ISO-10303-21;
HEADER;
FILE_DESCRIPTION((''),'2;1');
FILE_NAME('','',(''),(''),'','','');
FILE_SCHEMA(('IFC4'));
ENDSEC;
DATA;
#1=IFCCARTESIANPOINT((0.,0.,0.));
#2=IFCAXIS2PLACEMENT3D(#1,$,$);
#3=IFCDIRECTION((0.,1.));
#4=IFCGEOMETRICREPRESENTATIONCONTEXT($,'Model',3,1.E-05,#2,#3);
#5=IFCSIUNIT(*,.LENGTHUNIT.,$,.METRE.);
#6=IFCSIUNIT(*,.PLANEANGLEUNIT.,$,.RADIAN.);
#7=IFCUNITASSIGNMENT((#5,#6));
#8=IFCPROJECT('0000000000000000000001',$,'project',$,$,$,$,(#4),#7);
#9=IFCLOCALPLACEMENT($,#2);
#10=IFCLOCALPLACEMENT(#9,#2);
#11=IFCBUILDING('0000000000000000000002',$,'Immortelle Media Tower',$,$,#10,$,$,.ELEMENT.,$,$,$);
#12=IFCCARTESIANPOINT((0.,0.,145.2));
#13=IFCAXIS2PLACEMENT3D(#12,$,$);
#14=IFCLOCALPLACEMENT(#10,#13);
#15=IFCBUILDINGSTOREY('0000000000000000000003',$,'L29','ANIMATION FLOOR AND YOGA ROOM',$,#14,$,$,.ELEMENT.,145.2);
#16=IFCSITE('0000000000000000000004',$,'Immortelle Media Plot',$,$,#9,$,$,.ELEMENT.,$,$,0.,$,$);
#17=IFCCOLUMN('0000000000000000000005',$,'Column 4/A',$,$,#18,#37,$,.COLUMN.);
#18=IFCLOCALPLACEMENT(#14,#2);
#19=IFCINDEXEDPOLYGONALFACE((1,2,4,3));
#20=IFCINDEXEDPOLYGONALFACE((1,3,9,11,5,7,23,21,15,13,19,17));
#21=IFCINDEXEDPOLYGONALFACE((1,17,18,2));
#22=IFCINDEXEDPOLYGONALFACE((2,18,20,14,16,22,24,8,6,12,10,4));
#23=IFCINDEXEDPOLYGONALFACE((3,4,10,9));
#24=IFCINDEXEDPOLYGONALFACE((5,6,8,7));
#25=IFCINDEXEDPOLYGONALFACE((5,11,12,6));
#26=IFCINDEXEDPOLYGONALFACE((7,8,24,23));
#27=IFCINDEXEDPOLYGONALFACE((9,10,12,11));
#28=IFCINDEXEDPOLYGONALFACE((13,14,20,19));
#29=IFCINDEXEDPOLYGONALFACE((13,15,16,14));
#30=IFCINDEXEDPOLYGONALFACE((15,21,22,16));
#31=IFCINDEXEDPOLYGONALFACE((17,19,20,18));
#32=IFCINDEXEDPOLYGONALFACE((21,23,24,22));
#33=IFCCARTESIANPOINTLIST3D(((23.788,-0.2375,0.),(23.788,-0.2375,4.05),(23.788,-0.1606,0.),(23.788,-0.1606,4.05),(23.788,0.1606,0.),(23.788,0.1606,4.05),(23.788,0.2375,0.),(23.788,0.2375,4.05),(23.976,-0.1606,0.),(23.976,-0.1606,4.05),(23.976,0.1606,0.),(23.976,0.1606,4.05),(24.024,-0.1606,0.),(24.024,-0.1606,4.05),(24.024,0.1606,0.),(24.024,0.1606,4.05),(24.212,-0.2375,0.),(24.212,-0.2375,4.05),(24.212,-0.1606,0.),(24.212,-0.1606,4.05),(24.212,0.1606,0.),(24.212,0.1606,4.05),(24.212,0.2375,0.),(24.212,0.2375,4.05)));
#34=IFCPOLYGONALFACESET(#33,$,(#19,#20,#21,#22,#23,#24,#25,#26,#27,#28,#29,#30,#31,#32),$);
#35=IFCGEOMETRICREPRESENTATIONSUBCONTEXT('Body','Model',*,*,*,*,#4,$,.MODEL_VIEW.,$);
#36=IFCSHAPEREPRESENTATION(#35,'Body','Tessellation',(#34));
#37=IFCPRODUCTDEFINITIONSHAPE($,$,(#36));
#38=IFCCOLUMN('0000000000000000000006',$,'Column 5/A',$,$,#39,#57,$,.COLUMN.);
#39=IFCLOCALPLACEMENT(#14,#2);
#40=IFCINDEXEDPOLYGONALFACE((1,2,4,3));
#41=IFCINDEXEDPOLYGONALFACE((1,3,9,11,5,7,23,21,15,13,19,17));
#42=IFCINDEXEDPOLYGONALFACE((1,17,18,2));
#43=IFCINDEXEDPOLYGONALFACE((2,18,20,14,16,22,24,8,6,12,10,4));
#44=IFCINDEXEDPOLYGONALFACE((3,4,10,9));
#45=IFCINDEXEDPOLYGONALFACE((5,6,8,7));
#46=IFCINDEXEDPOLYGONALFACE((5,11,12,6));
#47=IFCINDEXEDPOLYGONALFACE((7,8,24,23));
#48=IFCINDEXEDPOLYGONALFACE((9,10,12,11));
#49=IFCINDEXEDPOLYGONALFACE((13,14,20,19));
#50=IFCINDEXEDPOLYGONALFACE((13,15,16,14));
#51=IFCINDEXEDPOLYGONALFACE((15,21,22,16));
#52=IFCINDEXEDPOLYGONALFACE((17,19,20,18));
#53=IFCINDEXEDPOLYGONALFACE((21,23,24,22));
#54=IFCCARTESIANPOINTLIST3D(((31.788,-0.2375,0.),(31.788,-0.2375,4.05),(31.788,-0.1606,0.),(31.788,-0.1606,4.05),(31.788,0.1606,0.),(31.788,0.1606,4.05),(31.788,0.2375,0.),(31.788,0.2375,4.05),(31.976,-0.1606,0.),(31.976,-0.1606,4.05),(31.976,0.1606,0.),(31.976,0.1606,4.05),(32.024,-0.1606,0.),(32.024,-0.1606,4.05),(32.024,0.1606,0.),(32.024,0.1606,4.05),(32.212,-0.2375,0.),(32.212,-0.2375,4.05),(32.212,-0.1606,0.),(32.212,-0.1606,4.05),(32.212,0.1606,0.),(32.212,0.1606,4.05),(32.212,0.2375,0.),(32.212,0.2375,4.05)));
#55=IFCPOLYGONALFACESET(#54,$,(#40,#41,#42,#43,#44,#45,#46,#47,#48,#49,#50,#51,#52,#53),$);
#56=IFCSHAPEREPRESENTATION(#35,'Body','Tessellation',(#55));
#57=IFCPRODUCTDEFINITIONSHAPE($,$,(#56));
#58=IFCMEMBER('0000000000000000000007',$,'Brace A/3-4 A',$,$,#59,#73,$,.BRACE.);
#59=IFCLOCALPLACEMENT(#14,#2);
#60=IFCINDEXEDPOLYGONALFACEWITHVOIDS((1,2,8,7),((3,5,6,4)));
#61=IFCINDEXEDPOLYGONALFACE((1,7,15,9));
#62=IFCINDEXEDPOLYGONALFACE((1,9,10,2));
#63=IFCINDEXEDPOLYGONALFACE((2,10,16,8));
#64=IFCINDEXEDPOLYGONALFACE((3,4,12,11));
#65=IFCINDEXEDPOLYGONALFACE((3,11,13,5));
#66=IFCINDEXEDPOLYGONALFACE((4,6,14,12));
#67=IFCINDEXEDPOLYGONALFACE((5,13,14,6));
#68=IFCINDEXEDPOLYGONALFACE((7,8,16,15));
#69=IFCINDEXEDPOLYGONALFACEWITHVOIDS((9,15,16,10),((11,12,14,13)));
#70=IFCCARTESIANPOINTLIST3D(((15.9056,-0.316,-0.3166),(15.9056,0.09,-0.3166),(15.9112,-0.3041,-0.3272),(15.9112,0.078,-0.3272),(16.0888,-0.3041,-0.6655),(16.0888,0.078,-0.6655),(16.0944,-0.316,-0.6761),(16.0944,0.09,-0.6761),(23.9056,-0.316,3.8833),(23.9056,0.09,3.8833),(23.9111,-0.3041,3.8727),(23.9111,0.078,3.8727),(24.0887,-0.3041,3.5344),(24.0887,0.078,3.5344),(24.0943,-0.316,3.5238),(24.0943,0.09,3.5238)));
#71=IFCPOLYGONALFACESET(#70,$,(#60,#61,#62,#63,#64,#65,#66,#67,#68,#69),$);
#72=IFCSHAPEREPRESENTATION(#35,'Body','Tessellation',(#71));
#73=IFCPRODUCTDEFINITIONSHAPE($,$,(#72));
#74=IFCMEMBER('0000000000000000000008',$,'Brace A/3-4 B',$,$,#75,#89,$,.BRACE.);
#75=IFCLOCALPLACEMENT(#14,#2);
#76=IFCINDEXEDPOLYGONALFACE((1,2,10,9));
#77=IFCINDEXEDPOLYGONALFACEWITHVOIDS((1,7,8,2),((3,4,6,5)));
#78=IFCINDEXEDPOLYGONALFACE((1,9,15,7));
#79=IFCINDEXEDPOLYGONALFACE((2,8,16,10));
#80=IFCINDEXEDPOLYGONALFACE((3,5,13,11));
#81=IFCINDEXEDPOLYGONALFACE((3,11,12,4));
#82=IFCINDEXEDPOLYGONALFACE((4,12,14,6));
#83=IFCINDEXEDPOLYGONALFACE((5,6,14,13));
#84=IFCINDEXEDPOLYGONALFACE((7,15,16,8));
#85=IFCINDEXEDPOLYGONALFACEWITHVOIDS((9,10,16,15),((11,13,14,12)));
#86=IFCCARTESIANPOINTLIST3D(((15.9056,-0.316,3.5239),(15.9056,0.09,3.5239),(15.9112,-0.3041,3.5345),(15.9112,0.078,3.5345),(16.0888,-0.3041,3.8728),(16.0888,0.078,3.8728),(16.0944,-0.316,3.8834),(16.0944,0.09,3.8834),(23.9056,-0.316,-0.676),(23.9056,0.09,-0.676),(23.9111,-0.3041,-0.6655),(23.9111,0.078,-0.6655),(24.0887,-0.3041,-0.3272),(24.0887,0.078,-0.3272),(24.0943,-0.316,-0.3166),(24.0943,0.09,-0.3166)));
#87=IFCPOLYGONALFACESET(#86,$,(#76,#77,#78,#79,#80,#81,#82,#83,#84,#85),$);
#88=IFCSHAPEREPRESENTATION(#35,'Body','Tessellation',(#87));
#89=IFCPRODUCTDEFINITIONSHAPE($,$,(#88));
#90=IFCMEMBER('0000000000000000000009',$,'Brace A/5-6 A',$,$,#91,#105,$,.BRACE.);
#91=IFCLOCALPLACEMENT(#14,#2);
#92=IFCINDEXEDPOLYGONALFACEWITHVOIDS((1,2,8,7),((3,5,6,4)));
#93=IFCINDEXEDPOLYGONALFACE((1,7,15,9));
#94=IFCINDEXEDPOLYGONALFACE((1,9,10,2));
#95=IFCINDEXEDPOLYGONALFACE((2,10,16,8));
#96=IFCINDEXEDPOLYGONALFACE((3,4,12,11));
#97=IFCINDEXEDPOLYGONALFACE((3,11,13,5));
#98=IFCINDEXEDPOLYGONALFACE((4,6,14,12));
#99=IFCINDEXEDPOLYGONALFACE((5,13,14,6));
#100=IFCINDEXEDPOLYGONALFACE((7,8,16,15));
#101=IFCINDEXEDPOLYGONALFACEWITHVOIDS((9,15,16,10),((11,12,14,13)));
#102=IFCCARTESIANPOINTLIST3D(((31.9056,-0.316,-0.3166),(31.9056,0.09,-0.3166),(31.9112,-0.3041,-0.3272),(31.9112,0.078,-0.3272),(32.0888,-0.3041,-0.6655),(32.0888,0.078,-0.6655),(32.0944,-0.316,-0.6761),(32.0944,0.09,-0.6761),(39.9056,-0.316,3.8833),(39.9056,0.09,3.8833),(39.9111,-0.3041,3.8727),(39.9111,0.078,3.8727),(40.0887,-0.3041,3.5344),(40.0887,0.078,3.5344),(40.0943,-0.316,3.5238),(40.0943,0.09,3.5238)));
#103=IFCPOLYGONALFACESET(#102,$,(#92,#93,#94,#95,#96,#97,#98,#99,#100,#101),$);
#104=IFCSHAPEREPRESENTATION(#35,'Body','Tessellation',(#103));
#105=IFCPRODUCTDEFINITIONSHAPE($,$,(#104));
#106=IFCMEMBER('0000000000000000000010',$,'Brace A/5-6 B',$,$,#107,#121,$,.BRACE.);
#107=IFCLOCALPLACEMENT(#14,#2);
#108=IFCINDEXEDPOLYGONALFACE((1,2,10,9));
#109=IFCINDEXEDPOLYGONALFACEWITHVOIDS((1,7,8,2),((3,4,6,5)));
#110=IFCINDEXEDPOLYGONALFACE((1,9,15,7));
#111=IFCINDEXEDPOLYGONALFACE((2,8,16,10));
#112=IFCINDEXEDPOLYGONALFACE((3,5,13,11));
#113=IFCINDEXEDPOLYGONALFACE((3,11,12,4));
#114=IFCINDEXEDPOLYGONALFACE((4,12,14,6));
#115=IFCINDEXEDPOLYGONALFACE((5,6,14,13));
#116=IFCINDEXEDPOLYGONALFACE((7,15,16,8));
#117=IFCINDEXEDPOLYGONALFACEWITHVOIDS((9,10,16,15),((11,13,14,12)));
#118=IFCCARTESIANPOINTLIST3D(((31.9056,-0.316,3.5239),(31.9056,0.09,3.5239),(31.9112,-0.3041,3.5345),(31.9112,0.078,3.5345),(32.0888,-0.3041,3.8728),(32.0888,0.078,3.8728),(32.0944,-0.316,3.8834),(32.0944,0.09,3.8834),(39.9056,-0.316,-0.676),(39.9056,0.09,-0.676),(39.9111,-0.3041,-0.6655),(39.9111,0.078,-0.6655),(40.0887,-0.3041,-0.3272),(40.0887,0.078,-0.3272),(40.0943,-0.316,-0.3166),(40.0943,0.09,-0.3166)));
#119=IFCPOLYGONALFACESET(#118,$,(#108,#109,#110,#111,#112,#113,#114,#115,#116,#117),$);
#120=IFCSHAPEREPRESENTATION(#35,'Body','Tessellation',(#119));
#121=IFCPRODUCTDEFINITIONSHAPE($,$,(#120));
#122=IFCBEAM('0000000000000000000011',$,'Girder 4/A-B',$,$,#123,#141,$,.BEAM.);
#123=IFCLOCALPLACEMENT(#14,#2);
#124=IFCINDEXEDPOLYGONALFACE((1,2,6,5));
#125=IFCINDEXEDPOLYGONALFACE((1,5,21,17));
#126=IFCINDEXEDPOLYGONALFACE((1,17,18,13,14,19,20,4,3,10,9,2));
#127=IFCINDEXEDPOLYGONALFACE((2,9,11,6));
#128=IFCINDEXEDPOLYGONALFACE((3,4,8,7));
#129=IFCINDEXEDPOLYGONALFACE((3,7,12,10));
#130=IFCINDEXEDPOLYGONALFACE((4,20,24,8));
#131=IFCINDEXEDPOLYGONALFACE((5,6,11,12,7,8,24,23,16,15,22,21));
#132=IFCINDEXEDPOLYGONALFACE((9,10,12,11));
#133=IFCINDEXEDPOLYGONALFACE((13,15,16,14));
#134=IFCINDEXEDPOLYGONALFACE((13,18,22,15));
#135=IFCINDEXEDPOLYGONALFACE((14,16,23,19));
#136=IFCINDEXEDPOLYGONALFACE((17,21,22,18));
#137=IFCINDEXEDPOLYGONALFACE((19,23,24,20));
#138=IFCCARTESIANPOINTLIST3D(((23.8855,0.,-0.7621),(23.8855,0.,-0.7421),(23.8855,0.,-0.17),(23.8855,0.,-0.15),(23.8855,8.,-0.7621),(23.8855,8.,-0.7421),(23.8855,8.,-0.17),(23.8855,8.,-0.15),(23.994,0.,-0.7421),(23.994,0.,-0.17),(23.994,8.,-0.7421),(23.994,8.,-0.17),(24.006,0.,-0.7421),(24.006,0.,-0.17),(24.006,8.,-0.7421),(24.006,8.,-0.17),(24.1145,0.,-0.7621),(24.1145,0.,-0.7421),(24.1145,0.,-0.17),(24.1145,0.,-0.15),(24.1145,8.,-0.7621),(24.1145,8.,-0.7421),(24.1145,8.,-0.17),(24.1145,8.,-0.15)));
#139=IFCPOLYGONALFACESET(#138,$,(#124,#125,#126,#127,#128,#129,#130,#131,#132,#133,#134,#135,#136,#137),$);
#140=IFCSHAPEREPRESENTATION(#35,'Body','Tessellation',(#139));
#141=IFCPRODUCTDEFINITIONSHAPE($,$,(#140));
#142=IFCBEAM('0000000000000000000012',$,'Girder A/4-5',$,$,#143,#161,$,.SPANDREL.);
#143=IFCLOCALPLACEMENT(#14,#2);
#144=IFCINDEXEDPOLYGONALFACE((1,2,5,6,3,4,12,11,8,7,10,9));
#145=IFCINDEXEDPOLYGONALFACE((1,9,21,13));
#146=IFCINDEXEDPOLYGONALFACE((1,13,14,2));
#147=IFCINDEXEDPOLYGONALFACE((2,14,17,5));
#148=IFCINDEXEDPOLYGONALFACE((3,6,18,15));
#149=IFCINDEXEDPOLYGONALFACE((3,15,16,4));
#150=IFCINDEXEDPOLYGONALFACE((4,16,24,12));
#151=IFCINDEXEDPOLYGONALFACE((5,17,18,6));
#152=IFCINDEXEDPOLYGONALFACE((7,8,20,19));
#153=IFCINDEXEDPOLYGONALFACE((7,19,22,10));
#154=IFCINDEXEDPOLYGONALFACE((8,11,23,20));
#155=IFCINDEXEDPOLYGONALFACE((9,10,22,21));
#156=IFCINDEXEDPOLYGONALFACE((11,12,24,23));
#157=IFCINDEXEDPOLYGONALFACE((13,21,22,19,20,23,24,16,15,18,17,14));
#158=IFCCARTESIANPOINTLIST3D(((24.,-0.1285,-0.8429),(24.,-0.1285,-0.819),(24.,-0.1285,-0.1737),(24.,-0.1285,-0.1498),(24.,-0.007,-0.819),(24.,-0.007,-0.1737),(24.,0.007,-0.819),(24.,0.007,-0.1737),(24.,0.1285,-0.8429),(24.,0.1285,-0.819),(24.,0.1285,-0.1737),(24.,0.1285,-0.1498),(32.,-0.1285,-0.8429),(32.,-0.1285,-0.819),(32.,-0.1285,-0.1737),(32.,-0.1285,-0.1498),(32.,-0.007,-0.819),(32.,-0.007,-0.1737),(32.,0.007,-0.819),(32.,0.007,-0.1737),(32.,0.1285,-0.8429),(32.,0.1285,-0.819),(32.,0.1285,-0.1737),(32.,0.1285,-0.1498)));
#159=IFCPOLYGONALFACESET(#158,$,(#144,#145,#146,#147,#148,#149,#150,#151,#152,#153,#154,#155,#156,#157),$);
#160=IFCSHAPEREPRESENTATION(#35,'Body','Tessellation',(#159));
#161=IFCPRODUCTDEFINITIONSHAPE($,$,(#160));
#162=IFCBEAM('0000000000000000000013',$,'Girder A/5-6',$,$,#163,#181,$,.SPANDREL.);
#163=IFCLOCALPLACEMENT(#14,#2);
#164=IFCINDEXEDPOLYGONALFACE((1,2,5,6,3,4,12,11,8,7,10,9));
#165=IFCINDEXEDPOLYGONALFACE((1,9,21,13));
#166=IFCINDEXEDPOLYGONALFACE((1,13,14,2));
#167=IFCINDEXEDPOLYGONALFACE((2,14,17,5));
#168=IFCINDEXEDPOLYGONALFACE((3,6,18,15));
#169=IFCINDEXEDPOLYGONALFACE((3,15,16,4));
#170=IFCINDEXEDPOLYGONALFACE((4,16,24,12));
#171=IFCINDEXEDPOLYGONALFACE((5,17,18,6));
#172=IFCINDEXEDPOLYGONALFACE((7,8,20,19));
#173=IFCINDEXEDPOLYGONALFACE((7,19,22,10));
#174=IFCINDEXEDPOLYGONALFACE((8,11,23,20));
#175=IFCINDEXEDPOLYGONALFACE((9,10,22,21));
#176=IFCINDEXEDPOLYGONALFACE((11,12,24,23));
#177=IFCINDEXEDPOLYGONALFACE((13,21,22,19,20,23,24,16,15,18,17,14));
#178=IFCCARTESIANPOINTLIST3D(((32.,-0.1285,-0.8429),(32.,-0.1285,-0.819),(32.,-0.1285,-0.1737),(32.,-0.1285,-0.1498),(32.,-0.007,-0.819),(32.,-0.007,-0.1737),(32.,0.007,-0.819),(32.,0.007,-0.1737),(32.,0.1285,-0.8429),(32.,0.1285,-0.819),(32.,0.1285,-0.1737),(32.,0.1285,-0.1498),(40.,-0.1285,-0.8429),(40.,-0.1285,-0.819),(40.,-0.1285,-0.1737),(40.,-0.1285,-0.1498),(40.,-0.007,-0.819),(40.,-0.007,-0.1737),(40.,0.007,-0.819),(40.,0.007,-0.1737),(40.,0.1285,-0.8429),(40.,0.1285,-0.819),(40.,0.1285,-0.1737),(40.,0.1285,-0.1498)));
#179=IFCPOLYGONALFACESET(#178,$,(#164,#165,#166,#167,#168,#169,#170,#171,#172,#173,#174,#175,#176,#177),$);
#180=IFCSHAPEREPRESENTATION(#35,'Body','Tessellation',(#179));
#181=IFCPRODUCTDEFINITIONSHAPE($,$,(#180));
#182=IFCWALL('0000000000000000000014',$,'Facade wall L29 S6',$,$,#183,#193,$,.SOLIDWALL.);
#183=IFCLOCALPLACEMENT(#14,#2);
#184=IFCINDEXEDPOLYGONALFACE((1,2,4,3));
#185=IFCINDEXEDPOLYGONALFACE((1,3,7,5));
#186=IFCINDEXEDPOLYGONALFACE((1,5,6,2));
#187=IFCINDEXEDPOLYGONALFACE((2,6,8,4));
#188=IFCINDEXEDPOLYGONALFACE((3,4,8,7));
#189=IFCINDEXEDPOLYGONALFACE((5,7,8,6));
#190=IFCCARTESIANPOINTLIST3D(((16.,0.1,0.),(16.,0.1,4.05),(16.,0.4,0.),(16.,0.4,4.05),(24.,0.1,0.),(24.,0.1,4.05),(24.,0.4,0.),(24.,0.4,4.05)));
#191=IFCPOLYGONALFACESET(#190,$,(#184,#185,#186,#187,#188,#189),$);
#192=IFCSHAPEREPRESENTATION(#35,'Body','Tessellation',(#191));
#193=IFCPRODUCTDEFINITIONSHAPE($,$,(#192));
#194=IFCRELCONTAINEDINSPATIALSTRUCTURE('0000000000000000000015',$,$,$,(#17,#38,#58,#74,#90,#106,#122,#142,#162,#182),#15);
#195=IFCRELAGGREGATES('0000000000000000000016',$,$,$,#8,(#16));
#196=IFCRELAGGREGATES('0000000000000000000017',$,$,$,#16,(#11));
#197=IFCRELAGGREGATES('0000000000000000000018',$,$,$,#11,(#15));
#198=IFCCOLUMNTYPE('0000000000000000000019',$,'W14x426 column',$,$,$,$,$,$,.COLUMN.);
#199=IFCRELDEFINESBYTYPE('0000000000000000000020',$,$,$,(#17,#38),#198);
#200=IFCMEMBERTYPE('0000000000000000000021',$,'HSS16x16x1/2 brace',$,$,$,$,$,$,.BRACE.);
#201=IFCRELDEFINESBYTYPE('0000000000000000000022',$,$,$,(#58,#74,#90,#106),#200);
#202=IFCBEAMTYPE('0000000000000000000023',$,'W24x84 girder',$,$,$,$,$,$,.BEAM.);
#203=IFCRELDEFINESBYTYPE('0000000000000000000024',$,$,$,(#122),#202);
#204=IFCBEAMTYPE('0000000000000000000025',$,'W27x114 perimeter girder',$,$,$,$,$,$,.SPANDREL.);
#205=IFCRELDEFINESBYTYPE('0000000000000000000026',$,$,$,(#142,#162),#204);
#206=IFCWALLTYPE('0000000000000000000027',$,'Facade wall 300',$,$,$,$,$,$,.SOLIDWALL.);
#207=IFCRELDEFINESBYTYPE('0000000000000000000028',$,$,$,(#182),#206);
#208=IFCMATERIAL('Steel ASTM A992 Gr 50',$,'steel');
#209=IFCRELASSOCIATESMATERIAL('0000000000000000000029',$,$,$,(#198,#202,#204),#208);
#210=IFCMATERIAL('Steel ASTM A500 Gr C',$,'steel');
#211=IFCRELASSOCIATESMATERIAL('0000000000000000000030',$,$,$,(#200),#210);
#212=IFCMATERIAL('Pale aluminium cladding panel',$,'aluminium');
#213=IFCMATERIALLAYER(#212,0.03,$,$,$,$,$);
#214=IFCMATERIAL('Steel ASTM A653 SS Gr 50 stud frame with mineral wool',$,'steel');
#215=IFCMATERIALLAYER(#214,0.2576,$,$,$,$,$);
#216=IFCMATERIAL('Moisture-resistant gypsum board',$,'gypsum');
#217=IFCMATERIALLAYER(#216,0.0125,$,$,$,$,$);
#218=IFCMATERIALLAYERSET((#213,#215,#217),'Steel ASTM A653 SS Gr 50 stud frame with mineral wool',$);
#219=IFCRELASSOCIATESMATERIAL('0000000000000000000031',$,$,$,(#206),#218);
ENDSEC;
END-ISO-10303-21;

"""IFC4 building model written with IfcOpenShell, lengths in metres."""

from ifc_helpers import new_model, si_unit, direction, frame, frame_2d, origin, origin_2d, place, context, subcontext, project, spatial, rectangle, hollow_rectangle, i_section, extrude, material, layer, layer_set, material_profile, profile_set, type_object, element, save


model = new_model("IFC4")

# Units and contexts
model_context = context("Model", 3, precision=1e-05, world=origin(), true_north=direction((0.0, 1.0)))
body_context = subcontext(model_context, "Body", "Model", "MODEL_VIEW")
ifc_project = project(units=[si_unit("LENGTHUNIT", "METRE"), si_unit("PLANEANGLEUNIT", "RADIAN")], contexts=[model_context])

# Site, building, storey
site_placement = place(None, origin())
site = spatial("IfcSite", under=ifc_project, at=site_placement, Name="Immortelle Media Plot", CompositionType="ELEMENT", RefElevation=0.0)
building_placement = place(site_placement, origin())
building = spatial("IfcBuilding", under=site, at=building_placement, Name="Immortelle Media Tower", CompositionType="ELEMENT")
storey_placement = place(building_placement, frame((0.0, 0.0, 145.2)))
storey = spatial("IfcBuildingStorey", under=building, at=storey_placement, Name="L29", Description="ANIMATION FLOOR AND YOGA ROOM", CompositionType="ELEMENT", Elevation=145.2)

# Columns
ifc_material_1 = material(Name="Steel ASTM A992 Gr 50", Category="steel")
ifc_material_profile_1 = material_profile(ifc_material_1, i_section(OverallWidth=0.4241, OverallDepth=0.4751, WebThickness=0.0481, FlangeThickness=0.0769, at=origin_2d()), Name="W14x426")
ifc_profile_set_1 = profile_set([ifc_material_profile_1], Name="Steel ASTM A992 Gr 50")
column_type = type_object("IfcColumnType", Name="W14x426 column", PredefinedType="COLUMN", material=ifc_profile_set_1)
for number, where, z_axis, x_axis, name in (
    (1, (24.0, 0.0, 0.0), (0.0, 0.0, 1.0), (1.0, 0.0, 0.0), "Column 4/A"),
    (2, (32.0, 0.0, 0.0), (0.0, 0.0, 1.0), (1.0, 0.0, 0.0), "Column 5/A"),
):
    element("IfcColumn", number, at=place(storey_placement, frame(where, z_axis=z_axis, x_axis=x_axis)), inside=storey, type_object=column_type, Name=name, PredefinedType="COLUMN", context=body_context, shape_type="SweptSolid", body=[
        extrude(i_section(OverallWidth=0.4241, OverallDepth=0.4751, WebThickness=0.0481, FlangeThickness=0.0769, at=origin_2d()), origin(), (0.0, 0.0, 1.0), 4.05),
    ])

# Members
ifc_material_2 = material(Name="Steel ASTM A500 Gr C", Category="steel")
ifc_material_profile_2 = material_profile(ifc_material_2, hollow_rectangle(XDim=0.406, YDim=0.406, WallThickness=0.012, at=origin_2d()), Name="HSS16x16x1/2 brace")
ifc_profile_set_2 = profile_set([ifc_material_profile_2], Name="Steel ASTM A500 Gr C")
member_type = type_object("IfcMemberType", Name="HSS16x16x1/2 brace", PredefinedType="BRACE", material=ifc_profile_set_2)
for number, where, z_axis, x_axis, name in (
    (3, (16.0, -0.113, -0.4963), (0.8854, 0.0, 0.46483), (0.0, 1.0, 0.0), "Brace A/3-4 A"),
    (4, (16.0, -0.113, 3.7036), (0.8854, 0.0, -0.46483), (0.0, 1.0, 0.0), "Brace A/3-4 B"),
    (5, (32.0, -0.113, -0.4963), (0.8854, 0.0, 0.46483), (0.0, 1.0, 0.0), "Brace A/5-6 A"),
    (6, (32.0, -0.113, 3.7036), (0.8854, 0.0, -0.46483), (0.0, 1.0, 0.0), "Brace A/5-6 B"),
):
    element("IfcMember", number, at=place(storey_placement, frame(where, z_axis=z_axis, x_axis=x_axis)), inside=storey, type_object=member_type, Name=name, PredefinedType="BRACE", context=body_context, shape_type="SweptSolid", body=[
        extrude(hollow_rectangle(XDim=0.406, YDim=0.406, WallThickness=0.012, at=origin_2d()), origin(), (0.0, 0.0, 1.0), 9.0354),
    ])

# Beams
ifc_material_profile_3 = material_profile(ifc_material_1, i_section(OverallWidth=0.229, OverallDepth=0.6121, WebThickness=0.012, FlangeThickness=0.02, at=origin_2d()), Name="W24x84")
ifc_profile_set_3 = profile_set([ifc_material_profile_3], Name="Steel ASTM A992 Gr 50")
beam_type_1 = type_object("IfcBeamType", Name="W24x84 girder", PredefinedType="BEAM", material=ifc_profile_set_3)
beam_placement = place(storey_placement, frame((24.0, 0.0, -0.4561), z_axis=(0.0, 1.0, 0.0), x_axis=(-1.0, 0.0, 0.0)))
element("IfcBeam", 7, at=beam_placement, inside=storey, type_object=beam_type_1, Name="Girder 4/A-B", PredefinedType="BEAM", context=body_context, shape_type="SweptSolid", body=[
    extrude(i_section(OverallWidth=0.229, OverallDepth=0.6121, WebThickness=0.012, FlangeThickness=0.02, at=origin_2d()), origin(), (0.0, 0.0, 1.0), 8.0),
])
ifc_material_profile_4 = material_profile(ifc_material_1, i_section(OverallWidth=0.2571, OverallDepth=0.6931, WebThickness=0.0139, FlangeThickness=0.0239, at=origin_2d()), Name="W27x114")
ifc_profile_set_4 = profile_set([ifc_material_profile_4], Name="Steel ASTM A992 Gr 50")
beam_type_2 = type_object("IfcBeamType", Name="W27x114 perimeter girder", PredefinedType="SPANDREL", material=ifc_profile_set_4)
for number, where, z_axis, x_axis, name in (
    (8, (24.0, 0.0, -0.4963), (1.0, 0.0, 0.0), (0.0, 1.0, 0.0), "Girder A/4-5"),
    (9, (32.0, 0.0, -0.4963), (1.0, 0.0, 0.0), (0.0, 1.0, 0.0), "Girder A/5-6"),
):
    element("IfcBeam", number, at=place(storey_placement, frame(where, z_axis=z_axis, x_axis=x_axis)), inside=storey, type_object=beam_type_2, Name=name, PredefinedType="SPANDREL", context=body_context, shape_type="SweptSolid", body=[
        extrude(i_section(OverallWidth=0.2571, OverallDepth=0.6931, WebThickness=0.0139, FlangeThickness=0.0239, at=origin_2d()), origin(), (0.0, 0.0, 1.0), 8.0),
    ])

# Wall
ifc_material_3 = material(Name="Pale aluminium cladding panel", Category="aluminium")
ifc_layer_1 = layer(ifc_material_3, 0.03)
ifc_material_4 = material(Name="Steel ASTM A653 SS Gr 50 stud frame with mineral wool", Category="steel")
ifc_layer_2 = layer(ifc_material_4, 0.2576)
ifc_material_5 = material(Name="Moisture-resistant gypsum board", Category="gypsum")
ifc_layer_3 = layer(ifc_material_5, 0.0125)
ifc_layer_set_1 = layer_set([ifc_layer_1, ifc_layer_2, ifc_layer_3], Name="Steel ASTM A653 SS Gr 50 stud frame with mineral wool")
wall_type_1 = type_object("IfcWallType", Name="Facade wall 300", PredefinedType="SOLIDWALL", material=ifc_layer_set_1)
wall_1_placement = place(storey_placement, frame((16.0, 0.25, 0.0), z_axis=(0.0, 0.0, 1.0), x_axis=(1.0, 0.0, 0.0)))
element("IfcWall", 10, at=wall_1_placement, inside=storey, type_object=wall_type_1, Name="Facade wall L29 S6", PredefinedType="SOLIDWALL", context=body_context, shape_type="SweptSolid", body=[
    extrude(rectangle(XDim=8.0, YDim=0.3, at=frame_2d((4.0, 0.0))), origin(), (0.0, 0.0, 1.0), 4.05),
])

save(model, "model.ifc")
